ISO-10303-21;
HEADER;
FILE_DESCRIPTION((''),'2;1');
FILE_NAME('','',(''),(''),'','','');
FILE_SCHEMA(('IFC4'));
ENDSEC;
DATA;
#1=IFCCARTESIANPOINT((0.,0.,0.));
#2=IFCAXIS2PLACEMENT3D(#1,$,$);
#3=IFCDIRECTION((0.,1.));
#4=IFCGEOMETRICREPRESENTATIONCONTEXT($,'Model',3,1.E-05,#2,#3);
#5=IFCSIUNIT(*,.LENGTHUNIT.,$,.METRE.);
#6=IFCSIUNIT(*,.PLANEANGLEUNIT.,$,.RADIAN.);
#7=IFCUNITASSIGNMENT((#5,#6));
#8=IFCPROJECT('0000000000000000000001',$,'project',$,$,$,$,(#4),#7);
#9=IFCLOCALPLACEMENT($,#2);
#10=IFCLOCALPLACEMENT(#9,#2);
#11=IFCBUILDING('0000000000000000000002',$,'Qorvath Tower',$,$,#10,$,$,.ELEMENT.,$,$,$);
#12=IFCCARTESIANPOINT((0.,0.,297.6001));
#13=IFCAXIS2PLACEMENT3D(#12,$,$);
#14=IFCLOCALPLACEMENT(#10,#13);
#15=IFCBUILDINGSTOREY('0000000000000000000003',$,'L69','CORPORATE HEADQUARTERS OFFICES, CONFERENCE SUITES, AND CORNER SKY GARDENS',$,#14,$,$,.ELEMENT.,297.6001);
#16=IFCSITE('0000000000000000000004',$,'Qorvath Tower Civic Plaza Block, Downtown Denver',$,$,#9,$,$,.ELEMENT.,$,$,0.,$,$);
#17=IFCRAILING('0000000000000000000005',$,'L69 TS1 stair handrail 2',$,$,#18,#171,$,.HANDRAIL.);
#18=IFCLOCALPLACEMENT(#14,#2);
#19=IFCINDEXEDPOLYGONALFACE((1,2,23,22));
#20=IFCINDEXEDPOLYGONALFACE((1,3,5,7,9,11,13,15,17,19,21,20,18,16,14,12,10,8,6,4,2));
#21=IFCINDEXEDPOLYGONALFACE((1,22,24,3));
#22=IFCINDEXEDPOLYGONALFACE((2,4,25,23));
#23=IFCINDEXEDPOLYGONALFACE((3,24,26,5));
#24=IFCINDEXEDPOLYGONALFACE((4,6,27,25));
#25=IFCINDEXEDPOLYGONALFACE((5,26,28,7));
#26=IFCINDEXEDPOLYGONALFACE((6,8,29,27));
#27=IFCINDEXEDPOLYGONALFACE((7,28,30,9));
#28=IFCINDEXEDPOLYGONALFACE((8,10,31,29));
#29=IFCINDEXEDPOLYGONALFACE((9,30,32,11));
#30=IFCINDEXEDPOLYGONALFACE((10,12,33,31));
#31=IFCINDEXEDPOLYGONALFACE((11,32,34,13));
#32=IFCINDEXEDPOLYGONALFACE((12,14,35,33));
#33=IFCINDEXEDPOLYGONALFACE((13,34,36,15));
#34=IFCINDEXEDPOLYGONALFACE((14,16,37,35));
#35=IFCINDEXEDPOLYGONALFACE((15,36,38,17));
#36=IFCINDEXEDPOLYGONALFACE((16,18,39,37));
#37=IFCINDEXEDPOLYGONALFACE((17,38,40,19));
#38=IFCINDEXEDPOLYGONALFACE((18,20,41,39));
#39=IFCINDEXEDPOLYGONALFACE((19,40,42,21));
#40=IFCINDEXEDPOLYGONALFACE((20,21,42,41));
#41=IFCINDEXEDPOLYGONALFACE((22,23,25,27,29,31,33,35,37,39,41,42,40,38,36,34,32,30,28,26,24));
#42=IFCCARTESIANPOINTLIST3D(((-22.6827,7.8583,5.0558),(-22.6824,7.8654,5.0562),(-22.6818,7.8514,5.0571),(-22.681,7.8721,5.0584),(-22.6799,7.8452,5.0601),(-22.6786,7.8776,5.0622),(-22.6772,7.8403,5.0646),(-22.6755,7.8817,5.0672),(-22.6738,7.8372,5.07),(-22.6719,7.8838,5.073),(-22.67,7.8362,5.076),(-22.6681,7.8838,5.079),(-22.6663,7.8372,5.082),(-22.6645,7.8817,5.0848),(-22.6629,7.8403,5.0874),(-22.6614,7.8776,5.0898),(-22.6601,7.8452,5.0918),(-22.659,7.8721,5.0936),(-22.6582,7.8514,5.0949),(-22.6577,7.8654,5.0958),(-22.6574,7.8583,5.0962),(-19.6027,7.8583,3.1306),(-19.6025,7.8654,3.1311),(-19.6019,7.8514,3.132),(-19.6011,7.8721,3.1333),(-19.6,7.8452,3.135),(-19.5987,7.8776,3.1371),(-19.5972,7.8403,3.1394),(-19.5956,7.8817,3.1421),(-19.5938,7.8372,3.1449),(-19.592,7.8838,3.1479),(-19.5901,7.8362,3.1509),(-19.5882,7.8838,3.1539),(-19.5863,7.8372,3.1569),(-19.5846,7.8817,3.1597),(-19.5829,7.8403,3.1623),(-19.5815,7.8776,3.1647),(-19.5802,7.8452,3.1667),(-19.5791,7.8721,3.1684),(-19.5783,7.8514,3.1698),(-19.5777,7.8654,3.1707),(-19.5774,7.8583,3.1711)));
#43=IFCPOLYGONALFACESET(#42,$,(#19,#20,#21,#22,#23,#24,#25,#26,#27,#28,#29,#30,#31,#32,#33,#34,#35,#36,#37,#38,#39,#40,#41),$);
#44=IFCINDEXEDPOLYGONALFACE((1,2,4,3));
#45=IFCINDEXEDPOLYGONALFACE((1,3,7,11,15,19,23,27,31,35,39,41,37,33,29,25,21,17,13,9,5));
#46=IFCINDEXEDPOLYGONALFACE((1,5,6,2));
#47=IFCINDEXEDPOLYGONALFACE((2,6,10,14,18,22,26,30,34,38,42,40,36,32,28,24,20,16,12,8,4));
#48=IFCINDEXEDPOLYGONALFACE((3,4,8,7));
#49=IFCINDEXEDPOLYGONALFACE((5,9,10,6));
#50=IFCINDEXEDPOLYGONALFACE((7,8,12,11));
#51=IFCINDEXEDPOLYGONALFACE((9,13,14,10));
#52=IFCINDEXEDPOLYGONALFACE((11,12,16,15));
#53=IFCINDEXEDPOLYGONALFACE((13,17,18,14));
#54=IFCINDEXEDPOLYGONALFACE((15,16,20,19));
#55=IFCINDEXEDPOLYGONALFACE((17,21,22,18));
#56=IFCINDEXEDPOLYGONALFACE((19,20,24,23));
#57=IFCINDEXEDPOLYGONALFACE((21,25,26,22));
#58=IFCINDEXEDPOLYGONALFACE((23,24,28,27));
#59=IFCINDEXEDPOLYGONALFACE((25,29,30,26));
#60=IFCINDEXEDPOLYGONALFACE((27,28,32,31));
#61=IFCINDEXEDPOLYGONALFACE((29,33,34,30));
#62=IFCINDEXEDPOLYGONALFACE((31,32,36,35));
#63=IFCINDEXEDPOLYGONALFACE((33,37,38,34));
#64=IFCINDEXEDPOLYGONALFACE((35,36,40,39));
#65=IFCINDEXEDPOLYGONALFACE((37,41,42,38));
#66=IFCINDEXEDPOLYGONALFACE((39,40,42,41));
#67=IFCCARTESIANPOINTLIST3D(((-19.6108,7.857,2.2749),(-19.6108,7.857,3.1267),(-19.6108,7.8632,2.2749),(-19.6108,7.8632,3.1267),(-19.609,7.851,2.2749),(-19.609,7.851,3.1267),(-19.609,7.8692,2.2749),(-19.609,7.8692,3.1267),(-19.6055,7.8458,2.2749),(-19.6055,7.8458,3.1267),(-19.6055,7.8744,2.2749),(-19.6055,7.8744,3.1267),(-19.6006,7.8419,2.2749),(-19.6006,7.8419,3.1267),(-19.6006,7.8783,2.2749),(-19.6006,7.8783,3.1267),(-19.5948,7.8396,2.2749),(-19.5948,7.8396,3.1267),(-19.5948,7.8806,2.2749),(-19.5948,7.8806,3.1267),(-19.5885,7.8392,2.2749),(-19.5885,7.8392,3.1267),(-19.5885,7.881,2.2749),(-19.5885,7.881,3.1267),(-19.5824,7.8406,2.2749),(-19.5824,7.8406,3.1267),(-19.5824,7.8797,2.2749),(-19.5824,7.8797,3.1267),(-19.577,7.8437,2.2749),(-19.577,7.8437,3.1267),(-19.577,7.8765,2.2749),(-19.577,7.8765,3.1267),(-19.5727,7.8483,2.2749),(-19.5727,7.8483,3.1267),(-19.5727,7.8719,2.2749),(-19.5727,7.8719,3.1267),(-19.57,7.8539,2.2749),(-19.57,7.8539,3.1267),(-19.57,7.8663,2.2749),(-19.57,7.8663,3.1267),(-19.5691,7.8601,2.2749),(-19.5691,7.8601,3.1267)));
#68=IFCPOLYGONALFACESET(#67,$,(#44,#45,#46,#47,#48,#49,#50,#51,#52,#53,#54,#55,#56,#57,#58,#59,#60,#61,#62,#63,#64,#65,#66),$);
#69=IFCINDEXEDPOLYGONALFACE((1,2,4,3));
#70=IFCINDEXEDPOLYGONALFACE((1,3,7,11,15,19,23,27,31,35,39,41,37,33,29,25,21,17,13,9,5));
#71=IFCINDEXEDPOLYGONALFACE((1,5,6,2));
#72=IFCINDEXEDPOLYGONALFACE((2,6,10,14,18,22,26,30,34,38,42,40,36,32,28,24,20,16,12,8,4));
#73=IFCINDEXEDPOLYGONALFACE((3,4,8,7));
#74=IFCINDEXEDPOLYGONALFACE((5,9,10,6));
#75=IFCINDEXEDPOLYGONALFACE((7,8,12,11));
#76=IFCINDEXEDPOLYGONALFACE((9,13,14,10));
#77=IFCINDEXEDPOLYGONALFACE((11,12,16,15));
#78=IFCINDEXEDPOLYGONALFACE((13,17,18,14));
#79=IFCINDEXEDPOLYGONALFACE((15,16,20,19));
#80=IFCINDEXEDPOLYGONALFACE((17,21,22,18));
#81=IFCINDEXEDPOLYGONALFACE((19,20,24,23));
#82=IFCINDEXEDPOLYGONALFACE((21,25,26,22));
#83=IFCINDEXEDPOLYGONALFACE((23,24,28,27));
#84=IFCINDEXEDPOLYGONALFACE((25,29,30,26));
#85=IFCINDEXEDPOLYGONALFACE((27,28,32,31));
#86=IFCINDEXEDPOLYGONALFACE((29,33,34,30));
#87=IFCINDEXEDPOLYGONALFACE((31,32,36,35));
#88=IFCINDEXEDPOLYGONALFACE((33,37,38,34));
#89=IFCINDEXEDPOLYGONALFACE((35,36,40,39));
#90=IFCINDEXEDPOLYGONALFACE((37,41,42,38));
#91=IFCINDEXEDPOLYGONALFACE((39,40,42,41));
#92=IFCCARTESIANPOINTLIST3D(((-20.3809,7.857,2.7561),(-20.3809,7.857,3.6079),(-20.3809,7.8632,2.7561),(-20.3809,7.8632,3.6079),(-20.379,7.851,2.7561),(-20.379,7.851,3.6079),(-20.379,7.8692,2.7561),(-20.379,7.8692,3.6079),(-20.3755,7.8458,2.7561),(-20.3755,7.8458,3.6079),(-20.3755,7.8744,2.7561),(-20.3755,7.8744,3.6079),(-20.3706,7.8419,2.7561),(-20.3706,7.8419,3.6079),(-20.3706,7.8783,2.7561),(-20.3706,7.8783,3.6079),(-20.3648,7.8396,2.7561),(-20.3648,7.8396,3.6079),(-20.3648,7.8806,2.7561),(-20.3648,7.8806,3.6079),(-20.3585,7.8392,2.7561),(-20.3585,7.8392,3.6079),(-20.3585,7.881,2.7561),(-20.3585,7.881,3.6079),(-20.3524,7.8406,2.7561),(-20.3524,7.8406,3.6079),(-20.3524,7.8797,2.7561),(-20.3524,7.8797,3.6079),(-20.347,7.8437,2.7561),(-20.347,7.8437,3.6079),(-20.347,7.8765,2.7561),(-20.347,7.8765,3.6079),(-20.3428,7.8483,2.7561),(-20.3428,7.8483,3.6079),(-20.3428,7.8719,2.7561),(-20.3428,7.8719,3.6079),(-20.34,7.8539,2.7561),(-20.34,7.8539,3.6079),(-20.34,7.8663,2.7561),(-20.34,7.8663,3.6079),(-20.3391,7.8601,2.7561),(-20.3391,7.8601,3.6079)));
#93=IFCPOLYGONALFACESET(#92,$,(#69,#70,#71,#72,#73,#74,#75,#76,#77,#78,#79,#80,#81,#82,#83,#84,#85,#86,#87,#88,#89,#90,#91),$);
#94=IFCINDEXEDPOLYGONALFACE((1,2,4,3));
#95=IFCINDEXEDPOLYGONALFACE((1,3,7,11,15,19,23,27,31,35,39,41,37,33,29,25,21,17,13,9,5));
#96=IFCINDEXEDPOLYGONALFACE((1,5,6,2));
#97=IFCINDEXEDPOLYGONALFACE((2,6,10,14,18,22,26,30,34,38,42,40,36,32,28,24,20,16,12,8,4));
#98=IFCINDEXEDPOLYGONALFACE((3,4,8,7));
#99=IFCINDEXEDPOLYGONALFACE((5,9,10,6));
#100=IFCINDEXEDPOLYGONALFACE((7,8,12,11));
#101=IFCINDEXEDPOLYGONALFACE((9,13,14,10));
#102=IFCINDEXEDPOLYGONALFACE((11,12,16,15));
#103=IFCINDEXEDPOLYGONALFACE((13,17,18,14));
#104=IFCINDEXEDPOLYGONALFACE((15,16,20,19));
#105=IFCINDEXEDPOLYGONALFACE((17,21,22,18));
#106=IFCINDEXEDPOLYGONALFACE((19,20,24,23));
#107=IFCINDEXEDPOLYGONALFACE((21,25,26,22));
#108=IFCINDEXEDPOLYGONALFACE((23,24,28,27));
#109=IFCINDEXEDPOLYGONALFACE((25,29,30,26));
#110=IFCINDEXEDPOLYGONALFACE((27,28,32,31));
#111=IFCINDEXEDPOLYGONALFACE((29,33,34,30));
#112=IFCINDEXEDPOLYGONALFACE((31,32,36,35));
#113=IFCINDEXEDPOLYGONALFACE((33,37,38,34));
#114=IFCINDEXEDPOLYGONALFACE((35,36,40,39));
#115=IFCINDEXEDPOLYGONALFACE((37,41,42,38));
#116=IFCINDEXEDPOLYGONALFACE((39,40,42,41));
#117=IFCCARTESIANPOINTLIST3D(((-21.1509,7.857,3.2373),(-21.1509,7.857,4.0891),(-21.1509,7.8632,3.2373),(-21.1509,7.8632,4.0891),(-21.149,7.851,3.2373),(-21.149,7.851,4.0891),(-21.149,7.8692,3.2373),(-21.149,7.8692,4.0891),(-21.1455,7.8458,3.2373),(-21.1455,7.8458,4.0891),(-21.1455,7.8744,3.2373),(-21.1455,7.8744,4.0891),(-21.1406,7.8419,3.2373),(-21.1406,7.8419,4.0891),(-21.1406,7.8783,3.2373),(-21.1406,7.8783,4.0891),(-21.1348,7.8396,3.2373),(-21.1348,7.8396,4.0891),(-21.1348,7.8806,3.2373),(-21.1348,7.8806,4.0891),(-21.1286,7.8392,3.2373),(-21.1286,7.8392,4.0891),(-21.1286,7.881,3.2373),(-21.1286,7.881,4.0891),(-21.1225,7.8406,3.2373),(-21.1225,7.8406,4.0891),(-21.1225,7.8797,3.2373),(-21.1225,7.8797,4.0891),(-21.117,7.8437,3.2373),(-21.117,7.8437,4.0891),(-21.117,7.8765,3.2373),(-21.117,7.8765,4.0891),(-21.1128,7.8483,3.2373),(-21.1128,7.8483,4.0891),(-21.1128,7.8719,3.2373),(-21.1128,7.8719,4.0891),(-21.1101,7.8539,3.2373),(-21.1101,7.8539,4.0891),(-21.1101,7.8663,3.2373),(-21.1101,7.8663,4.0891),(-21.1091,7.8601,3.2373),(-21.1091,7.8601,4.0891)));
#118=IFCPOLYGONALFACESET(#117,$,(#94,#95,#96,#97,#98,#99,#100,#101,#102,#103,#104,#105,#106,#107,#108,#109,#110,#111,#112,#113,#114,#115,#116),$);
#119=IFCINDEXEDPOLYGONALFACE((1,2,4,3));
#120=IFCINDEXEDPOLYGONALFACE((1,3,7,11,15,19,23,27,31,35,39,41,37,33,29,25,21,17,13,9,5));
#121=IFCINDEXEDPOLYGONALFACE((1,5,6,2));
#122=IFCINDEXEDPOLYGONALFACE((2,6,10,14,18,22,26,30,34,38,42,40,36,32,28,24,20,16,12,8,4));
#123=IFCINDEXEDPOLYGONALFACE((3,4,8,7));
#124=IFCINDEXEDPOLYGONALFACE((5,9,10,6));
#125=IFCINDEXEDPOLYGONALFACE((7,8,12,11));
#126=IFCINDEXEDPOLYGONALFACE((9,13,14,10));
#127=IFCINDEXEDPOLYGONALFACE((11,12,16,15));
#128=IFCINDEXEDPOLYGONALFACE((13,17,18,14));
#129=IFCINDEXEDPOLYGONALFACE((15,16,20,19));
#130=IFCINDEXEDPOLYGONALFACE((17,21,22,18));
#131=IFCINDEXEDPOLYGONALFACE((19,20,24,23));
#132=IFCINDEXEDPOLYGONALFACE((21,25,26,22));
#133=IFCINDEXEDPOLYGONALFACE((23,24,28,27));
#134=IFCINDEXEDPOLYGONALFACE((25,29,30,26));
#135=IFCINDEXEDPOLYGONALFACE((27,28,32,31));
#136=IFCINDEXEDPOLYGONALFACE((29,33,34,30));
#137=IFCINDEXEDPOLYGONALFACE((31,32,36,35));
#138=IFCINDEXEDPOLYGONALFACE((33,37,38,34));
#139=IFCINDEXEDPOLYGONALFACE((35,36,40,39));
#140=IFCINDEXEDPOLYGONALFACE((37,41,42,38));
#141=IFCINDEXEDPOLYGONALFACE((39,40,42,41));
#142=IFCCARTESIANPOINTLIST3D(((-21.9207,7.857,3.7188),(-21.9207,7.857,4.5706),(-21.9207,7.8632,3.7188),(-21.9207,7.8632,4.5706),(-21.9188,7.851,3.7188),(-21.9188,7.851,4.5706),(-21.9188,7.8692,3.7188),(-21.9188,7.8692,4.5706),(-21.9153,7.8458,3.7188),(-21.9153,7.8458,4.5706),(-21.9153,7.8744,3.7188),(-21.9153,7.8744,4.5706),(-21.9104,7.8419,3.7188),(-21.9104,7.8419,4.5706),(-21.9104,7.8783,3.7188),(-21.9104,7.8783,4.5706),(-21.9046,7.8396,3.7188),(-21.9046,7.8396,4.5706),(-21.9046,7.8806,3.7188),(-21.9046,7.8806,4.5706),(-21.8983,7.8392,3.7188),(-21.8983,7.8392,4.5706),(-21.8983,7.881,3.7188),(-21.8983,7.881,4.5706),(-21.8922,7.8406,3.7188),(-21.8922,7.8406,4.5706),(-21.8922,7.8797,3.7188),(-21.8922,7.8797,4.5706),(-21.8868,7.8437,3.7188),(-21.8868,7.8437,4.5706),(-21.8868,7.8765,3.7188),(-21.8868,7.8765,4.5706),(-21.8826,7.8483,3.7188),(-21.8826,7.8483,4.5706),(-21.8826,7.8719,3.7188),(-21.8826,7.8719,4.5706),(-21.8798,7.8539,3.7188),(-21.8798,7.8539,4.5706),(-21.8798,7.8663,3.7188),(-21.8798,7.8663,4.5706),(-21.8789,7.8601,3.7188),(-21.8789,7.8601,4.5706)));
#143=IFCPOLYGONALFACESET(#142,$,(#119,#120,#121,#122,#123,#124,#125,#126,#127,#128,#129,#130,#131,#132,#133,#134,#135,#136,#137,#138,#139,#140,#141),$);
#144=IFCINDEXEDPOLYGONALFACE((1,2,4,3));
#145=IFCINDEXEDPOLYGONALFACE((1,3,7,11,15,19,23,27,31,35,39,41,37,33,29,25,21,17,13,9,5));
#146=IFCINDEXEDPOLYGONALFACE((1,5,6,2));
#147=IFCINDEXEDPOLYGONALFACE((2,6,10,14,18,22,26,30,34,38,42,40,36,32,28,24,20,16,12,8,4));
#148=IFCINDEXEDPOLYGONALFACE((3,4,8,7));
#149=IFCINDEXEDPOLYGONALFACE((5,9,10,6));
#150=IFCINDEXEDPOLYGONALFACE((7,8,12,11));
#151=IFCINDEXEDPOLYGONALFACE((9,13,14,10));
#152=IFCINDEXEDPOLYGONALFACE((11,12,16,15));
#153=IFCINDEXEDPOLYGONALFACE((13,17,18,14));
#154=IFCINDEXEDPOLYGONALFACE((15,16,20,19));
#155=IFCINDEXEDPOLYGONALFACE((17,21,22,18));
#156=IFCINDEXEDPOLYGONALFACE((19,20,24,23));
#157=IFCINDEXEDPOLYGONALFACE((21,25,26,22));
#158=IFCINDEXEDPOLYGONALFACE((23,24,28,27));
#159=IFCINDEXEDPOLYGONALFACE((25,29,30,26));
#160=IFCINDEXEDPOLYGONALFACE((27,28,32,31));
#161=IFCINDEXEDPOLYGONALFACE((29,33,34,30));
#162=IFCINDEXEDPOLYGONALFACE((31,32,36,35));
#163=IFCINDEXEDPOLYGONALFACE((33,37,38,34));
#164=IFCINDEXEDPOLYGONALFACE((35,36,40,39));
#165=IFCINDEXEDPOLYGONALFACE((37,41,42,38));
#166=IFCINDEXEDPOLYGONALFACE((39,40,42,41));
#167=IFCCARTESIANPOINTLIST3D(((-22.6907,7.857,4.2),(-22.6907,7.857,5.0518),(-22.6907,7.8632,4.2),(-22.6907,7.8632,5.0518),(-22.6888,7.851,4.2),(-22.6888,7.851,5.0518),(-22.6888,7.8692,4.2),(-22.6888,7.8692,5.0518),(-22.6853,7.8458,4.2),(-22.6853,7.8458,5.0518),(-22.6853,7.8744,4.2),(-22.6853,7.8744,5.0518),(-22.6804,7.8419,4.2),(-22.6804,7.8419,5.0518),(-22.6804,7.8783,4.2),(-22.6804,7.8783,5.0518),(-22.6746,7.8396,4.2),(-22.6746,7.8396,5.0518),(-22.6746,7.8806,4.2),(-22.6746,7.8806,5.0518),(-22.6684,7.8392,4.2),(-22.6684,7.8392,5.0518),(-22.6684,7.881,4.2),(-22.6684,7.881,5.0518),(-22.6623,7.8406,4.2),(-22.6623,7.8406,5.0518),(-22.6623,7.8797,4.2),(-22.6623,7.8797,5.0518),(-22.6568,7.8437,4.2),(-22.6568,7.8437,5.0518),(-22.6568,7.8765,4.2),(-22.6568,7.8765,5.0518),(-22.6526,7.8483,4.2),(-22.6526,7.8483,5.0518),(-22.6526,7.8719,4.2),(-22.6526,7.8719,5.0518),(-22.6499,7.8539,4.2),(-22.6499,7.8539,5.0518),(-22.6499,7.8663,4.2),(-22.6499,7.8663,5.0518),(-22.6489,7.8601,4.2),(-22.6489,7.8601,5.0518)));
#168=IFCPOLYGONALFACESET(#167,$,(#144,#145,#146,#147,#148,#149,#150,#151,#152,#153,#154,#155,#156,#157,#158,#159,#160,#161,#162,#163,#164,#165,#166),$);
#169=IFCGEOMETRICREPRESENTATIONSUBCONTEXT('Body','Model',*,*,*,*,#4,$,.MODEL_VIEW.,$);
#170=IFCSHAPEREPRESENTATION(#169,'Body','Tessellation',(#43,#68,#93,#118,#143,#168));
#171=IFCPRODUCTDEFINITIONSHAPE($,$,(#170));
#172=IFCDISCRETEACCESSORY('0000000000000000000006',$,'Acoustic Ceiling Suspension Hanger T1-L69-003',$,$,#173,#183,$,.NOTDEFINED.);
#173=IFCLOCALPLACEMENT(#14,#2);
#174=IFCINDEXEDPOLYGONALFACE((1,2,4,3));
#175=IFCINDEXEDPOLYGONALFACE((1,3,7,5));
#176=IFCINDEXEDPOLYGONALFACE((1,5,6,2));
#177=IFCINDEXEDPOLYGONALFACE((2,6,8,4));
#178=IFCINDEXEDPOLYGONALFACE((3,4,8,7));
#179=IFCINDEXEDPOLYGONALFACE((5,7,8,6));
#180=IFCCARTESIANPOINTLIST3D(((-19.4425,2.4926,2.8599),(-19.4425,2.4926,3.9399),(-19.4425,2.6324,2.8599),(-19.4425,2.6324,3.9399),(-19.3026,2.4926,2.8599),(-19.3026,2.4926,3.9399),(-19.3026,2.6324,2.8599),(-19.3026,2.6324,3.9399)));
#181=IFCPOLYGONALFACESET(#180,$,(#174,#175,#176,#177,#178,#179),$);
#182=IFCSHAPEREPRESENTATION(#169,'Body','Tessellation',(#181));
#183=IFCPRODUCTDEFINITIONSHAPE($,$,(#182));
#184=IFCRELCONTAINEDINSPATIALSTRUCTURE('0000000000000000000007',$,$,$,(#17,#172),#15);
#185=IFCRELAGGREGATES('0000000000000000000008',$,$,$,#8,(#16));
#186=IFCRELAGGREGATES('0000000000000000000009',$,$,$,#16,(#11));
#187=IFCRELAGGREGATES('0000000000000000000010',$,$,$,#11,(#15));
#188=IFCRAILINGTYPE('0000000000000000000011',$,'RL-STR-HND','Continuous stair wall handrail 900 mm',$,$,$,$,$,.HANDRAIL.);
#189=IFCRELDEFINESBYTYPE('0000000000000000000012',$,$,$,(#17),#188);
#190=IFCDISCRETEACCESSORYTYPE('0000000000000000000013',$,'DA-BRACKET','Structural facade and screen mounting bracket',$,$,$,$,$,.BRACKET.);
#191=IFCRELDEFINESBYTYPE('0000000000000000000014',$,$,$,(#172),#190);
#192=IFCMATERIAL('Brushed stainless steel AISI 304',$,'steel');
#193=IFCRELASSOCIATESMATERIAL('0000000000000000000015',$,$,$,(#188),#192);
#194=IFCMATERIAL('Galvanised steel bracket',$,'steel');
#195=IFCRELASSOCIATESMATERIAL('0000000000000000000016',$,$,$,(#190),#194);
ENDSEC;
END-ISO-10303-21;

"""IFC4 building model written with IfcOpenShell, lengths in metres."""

from ifc_helpers import new_model, si_unit, direction, frame, origin, origin_2d, place, context, subcontext, project, spatial, rectangle, circle, extrude, material, type_object, element, save


model = new_model("IFC4")

# Units and contexts
model_context = context("Model", 3, precision=1e-05, world=origin(), true_north=direction((0.0, 1.0)))
body_context = subcontext(model_context, "Body", "Model", "MODEL_VIEW")
ifc_project = project(units=[si_unit("LENGTHUNIT", "METRE"), si_unit("PLANEANGLEUNIT", "RADIAN")], contexts=[model_context])

# Site, building, storey
site_placement = place(None, origin())
site = spatial("IfcSite", under=ifc_project, at=site_placement, Name="Qorvath Tower Civic Plaza Block, Downtown Denver", CompositionType="ELEMENT", RefElevation=0.0)
building_placement = place(site_placement, origin())
building = spatial("IfcBuilding", under=site, at=building_placement, Name="Qorvath Tower", CompositionType="ELEMENT")
storey_placement = place(building_placement, frame((0.0, 0.0, 297.6001)))
storey = spatial("IfcBuildingStorey", under=building, at=storey_placement, Name="L69", Description="CORPORATE HEADQUARTERS OFFICES, CONFERENCE SUITES, AND CORNER SKY GARDENS", CompositionType="ELEMENT", Elevation=297.6001)

# Railing
ifc_material_1 = material(Name="Brushed stainless steel AISI 304", Category="steel")
railing_type_1 = type_object("IfcRailingType", Name="RL-STR-HND", Description="Continuous stair wall handrail 900 mm", PredefinedType="HANDRAIL", material=ifc_material_1)
railing_1_placement = place(storey_placement, frame((-19.5901, 7.8601, 2.2749)))
element("IfcRailing", 1, at=railing_1_placement, inside=storey, type_object=railing_type_1, Name="L69 TS1 stair handrail 2", PredefinedType="HANDRAIL", context=body_context, shape_type="SweptSolid", body=[
    extrude(circle(Radius=0.0239, at=origin_2d()), frame((0.0, 0.0, 0.876), z_axis=(-0.847979, 0.0, 0.530029), x_axis=(0.0, -1.0, 0.0)), (0.0, 0.0, 1.0), 3.6321),
    extrude(circle(Radius=0.021, at=origin_2d()), origin(), (0.0, 0.0, 1.0), 0.8518),
    extrude(circle(Radius=0.021, at=origin_2d()), frame((-0.77, 0.0, 0.4812)), (0.0, 0.0, 1.0), 0.8518),
    extrude(circle(Radius=0.021, at=origin_2d()), frame((-1.54, 0.0, 0.9624)), (0.0, 0.0, 1.0), 0.8518),
    extrude(circle(Radius=0.021, at=origin_2d()), frame((-2.3098, 0.0, 1.4438)), (0.0, 0.0, 1.0), 0.8518),
    extrude(circle(Radius=0.021, at=origin_2d()), frame((-3.0798, 0.0, 1.925)), (0.0, 0.0, 1.0), 0.8518),
])

# Discrete accessory
ifc_material_2 = material(Name="Galvanised steel bracket", Category="steel")
discrete_accessory_type = type_object("IfcDiscreteAccessoryType", Name="DA-BRACKET", Description="Structural facade and screen mounting bracket", PredefinedType="BRACKET", material=ifc_material_2)
discrete_accessory_placement = place(storey_placement, frame((-19.3726, 2.5625, 2.8599), z_axis=(0.0, 0.0, 1.0), x_axis=(1.0, 0.0, 0.0)))
element("IfcDiscreteAccessory", 2, at=discrete_accessory_placement, inside=storey, type_object=discrete_accessory_type, Name="Acoustic Ceiling Suspension Hanger T1-L69-003", PredefinedType="NOTDEFINED", context=body_context, shape_type="SweptSolid", body=[
    extrude(rectangle(XDim=0.1399, YDim=0.1399, at=origin_2d()), origin(), (0.0, 0.0, 1.0), 1.0801),
])

save(model, "model.ifc")
